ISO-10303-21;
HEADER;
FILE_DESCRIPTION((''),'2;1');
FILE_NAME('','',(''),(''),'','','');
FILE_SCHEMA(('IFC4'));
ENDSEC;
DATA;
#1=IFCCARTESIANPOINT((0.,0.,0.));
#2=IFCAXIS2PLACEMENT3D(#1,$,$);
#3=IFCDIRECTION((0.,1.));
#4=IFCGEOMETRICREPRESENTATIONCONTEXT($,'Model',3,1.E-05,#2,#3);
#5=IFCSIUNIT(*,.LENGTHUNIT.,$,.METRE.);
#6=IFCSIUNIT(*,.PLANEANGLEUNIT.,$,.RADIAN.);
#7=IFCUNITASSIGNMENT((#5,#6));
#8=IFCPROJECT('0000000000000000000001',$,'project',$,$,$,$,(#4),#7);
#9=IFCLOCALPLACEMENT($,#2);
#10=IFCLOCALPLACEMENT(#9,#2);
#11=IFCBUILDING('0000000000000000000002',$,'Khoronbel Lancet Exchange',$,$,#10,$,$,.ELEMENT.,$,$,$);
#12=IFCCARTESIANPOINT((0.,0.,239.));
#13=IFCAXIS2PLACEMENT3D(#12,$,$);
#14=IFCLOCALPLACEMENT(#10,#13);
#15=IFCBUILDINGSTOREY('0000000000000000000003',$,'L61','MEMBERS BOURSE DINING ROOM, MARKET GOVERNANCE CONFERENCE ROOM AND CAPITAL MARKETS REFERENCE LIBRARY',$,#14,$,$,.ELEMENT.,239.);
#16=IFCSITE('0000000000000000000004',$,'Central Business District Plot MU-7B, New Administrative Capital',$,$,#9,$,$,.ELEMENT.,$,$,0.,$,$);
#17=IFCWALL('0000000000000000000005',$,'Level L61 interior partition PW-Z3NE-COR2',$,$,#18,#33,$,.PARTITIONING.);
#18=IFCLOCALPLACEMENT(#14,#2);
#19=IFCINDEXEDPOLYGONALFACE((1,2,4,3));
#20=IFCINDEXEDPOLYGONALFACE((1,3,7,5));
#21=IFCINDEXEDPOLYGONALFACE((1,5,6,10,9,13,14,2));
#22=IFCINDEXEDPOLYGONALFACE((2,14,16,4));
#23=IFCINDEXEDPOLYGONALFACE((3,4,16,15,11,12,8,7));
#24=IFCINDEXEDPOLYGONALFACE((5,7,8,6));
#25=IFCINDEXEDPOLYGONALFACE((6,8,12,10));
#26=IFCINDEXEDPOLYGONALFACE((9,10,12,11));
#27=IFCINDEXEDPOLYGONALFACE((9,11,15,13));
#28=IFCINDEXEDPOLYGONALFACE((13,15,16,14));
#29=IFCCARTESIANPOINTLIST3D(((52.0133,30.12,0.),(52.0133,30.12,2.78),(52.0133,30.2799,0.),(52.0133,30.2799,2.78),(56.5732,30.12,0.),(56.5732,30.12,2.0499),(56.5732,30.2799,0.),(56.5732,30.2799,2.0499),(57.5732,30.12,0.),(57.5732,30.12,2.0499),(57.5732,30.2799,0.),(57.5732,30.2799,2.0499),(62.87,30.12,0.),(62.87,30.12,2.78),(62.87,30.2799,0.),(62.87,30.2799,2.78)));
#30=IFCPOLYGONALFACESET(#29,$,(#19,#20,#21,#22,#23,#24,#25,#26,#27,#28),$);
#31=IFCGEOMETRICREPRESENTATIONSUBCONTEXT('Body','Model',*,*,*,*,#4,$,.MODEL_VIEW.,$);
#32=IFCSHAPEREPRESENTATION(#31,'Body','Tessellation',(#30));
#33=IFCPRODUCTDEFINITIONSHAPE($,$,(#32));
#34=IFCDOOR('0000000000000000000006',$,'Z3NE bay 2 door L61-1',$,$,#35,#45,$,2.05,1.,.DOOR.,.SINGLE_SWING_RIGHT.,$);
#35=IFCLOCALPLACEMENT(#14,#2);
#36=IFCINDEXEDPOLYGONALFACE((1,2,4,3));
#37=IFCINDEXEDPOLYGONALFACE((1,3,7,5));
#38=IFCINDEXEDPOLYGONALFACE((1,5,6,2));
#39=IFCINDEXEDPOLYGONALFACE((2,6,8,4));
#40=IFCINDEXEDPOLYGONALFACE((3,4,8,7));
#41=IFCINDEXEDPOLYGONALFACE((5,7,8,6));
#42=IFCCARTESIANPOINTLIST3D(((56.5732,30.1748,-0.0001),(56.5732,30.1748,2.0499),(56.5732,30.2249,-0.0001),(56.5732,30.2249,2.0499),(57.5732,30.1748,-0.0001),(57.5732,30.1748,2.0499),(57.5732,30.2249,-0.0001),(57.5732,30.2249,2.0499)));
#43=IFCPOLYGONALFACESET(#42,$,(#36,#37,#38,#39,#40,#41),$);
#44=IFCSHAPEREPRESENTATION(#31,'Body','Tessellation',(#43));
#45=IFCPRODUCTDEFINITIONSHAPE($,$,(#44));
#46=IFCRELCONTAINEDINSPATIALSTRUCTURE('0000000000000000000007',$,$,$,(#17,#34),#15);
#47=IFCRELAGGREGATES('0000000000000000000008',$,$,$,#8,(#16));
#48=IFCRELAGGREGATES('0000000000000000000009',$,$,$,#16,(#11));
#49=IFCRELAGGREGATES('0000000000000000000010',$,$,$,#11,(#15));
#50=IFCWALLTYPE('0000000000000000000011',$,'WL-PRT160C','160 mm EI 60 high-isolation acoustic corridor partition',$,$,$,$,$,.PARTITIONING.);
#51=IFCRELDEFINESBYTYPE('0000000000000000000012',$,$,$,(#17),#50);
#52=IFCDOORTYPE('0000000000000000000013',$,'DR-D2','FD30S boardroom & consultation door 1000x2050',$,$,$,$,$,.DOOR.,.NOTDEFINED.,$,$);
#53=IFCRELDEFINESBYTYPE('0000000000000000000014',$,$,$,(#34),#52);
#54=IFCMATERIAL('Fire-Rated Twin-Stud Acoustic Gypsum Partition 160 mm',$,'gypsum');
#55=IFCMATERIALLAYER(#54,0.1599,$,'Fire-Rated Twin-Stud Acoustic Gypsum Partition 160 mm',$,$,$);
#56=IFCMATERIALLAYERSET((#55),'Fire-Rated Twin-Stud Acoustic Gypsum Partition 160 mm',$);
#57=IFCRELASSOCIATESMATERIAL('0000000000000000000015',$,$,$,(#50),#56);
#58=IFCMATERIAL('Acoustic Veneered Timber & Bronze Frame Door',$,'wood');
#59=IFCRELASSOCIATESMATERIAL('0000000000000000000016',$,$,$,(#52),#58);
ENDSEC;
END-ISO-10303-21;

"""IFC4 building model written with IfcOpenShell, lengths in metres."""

from ifc_helpers import new_model, si_unit, direction, frame, frame_2d, origin, place, context, subcontext, project, spatial, rectangle, extrude, material, layer, layer_set, type_object, element, fill, save


model = new_model("IFC4")

# Units and contexts
model_context = context("Model", 3, precision=1e-05, world=origin(), true_north=direction((0.0, 1.0)))
body_context = subcontext(model_context, "Body", "Model", "MODEL_VIEW")
ifc_project = project(units=[si_unit("LENGTHUNIT", "METRE"), si_unit("PLANEANGLEUNIT", "RADIAN")], contexts=[model_context])

# Site, building, storey
site_placement = place(None, origin())
site = spatial("IfcSite", under=ifc_project, at=site_placement, Name="Central Business District Plot MU-7B, New Administrative Capital", CompositionType="ELEMENT", RefElevation=0.0)
building_placement = place(site_placement, origin())
building = spatial("IfcBuilding", under=site, at=building_placement, Name="Khoronbel Lancet Exchange", CompositionType="ELEMENT")
storey_placement = place(building_placement, frame((0.0, 0.0, 239.0)))
storey = spatial("IfcBuildingStorey", under=building, at=storey_placement, Name="L61", Description="MEMBERS BOURSE DINING ROOM, MARKET GOVERNANCE CONFERENCE ROOM AND CAPITAL MARKETS REFERENCE LIBRARY", CompositionType="ELEMENT", Elevation=239.0)

# Wall, opening, door
ifc_material_1 = material(Name="Fire-Rated Twin-Stud Acoustic Gypsum Partition 160 mm", Category="gypsum")
ifc_layer_1 = layer(ifc_material_1, 0.1599, Name="Fire-Rated Twin-Stud Acoustic Gypsum Partition 160 mm")
ifc_layer_set_1 = layer_set([ifc_layer_1], Name="Fire-Rated Twin-Stud Acoustic Gypsum Partition 160 mm")
wall_type_1 = type_object("IfcWallType", Name="WL-PRT160C", Description="160 mm EI 60 high-isolation acoustic corridor partition", PredefinedType="PARTITIONING", material=ifc_layer_set_1)
ifc_material_2 = material(Name="Acoustic Veneered Timber & Bronze Frame Door", Category="wood")
door_type_1 = type_object("IfcDoorType", Name="DR-D2", Description="FD30S boardroom & consultation door 1000x2050", OperationType="NOTDEFINED", PredefinedType="DOOR", material=ifc_material_2)
wall_1_placement = place(storey_placement, frame((52.0134, 30.2, 0.0), z_axis=(0.0, 0.0, 1.0), x_axis=(1.0, 0.0, 0.0)))
wall_1 = element("IfcWall", 1, at=wall_1_placement, inside=storey, type_object=wall_type_1, Name="Level L61 interior partition PW-Z3NE-COR2", PredefinedType="PARTITIONING", context=body_context, shape_type="SweptSolid", body=[
    extrude(rectangle(XDim=10.8567, YDim=0.1599, at=frame_2d((5.4282, 0.0))), origin(), (0.0, 0.0, 1.0), 2.78),
])
opening_1_placement = place(wall_1_placement, frame((4.5598, 0.0, 0.0)))
opening_1 = element("IfcOpeningElement", 2, at=opening_1_placement, cuts=wall_1, PredefinedType="OPENING", context=body_context, shape_type="SweptSolid", body=[
    extrude(rectangle(XDim=1.0, YDim=2.05, at=frame_2d((0.5, 1.0249))), frame((0.0, 0.0898, 0.0), z_axis=(0.0, -1.0, 0.0), x_axis=(1.0, 0.0, 0.0)), (0.0, 0.0, 1.0), 0.1799),
])
door_1_placement = place(opening_1_placement, origin())
door_1 = element("IfcDoor", 3, at=door_1_placement, inside=storey, type_object=door_type_1, Name="Z3NE bay 2 door L61-1", OperationType="SINGLE_SWING_RIGHT", OverallHeight=2.05, OverallWidth=1.0, PredefinedType="DOOR", context=body_context, shape_type="SweptSolid", body=[
    extrude(rectangle(XDim=1.0, YDim=2.05, at=frame_2d((0.5, 1.0249))), frame((0.0, 0.0249, 0.0), z_axis=(0.0, -1.0, 0.0), x_axis=(1.0, 0.0, 0.0)), (0.0, 0.0, 1.0), 0.05),
])
fill(opening_1, door_1)

save(model, "model.ifc")
